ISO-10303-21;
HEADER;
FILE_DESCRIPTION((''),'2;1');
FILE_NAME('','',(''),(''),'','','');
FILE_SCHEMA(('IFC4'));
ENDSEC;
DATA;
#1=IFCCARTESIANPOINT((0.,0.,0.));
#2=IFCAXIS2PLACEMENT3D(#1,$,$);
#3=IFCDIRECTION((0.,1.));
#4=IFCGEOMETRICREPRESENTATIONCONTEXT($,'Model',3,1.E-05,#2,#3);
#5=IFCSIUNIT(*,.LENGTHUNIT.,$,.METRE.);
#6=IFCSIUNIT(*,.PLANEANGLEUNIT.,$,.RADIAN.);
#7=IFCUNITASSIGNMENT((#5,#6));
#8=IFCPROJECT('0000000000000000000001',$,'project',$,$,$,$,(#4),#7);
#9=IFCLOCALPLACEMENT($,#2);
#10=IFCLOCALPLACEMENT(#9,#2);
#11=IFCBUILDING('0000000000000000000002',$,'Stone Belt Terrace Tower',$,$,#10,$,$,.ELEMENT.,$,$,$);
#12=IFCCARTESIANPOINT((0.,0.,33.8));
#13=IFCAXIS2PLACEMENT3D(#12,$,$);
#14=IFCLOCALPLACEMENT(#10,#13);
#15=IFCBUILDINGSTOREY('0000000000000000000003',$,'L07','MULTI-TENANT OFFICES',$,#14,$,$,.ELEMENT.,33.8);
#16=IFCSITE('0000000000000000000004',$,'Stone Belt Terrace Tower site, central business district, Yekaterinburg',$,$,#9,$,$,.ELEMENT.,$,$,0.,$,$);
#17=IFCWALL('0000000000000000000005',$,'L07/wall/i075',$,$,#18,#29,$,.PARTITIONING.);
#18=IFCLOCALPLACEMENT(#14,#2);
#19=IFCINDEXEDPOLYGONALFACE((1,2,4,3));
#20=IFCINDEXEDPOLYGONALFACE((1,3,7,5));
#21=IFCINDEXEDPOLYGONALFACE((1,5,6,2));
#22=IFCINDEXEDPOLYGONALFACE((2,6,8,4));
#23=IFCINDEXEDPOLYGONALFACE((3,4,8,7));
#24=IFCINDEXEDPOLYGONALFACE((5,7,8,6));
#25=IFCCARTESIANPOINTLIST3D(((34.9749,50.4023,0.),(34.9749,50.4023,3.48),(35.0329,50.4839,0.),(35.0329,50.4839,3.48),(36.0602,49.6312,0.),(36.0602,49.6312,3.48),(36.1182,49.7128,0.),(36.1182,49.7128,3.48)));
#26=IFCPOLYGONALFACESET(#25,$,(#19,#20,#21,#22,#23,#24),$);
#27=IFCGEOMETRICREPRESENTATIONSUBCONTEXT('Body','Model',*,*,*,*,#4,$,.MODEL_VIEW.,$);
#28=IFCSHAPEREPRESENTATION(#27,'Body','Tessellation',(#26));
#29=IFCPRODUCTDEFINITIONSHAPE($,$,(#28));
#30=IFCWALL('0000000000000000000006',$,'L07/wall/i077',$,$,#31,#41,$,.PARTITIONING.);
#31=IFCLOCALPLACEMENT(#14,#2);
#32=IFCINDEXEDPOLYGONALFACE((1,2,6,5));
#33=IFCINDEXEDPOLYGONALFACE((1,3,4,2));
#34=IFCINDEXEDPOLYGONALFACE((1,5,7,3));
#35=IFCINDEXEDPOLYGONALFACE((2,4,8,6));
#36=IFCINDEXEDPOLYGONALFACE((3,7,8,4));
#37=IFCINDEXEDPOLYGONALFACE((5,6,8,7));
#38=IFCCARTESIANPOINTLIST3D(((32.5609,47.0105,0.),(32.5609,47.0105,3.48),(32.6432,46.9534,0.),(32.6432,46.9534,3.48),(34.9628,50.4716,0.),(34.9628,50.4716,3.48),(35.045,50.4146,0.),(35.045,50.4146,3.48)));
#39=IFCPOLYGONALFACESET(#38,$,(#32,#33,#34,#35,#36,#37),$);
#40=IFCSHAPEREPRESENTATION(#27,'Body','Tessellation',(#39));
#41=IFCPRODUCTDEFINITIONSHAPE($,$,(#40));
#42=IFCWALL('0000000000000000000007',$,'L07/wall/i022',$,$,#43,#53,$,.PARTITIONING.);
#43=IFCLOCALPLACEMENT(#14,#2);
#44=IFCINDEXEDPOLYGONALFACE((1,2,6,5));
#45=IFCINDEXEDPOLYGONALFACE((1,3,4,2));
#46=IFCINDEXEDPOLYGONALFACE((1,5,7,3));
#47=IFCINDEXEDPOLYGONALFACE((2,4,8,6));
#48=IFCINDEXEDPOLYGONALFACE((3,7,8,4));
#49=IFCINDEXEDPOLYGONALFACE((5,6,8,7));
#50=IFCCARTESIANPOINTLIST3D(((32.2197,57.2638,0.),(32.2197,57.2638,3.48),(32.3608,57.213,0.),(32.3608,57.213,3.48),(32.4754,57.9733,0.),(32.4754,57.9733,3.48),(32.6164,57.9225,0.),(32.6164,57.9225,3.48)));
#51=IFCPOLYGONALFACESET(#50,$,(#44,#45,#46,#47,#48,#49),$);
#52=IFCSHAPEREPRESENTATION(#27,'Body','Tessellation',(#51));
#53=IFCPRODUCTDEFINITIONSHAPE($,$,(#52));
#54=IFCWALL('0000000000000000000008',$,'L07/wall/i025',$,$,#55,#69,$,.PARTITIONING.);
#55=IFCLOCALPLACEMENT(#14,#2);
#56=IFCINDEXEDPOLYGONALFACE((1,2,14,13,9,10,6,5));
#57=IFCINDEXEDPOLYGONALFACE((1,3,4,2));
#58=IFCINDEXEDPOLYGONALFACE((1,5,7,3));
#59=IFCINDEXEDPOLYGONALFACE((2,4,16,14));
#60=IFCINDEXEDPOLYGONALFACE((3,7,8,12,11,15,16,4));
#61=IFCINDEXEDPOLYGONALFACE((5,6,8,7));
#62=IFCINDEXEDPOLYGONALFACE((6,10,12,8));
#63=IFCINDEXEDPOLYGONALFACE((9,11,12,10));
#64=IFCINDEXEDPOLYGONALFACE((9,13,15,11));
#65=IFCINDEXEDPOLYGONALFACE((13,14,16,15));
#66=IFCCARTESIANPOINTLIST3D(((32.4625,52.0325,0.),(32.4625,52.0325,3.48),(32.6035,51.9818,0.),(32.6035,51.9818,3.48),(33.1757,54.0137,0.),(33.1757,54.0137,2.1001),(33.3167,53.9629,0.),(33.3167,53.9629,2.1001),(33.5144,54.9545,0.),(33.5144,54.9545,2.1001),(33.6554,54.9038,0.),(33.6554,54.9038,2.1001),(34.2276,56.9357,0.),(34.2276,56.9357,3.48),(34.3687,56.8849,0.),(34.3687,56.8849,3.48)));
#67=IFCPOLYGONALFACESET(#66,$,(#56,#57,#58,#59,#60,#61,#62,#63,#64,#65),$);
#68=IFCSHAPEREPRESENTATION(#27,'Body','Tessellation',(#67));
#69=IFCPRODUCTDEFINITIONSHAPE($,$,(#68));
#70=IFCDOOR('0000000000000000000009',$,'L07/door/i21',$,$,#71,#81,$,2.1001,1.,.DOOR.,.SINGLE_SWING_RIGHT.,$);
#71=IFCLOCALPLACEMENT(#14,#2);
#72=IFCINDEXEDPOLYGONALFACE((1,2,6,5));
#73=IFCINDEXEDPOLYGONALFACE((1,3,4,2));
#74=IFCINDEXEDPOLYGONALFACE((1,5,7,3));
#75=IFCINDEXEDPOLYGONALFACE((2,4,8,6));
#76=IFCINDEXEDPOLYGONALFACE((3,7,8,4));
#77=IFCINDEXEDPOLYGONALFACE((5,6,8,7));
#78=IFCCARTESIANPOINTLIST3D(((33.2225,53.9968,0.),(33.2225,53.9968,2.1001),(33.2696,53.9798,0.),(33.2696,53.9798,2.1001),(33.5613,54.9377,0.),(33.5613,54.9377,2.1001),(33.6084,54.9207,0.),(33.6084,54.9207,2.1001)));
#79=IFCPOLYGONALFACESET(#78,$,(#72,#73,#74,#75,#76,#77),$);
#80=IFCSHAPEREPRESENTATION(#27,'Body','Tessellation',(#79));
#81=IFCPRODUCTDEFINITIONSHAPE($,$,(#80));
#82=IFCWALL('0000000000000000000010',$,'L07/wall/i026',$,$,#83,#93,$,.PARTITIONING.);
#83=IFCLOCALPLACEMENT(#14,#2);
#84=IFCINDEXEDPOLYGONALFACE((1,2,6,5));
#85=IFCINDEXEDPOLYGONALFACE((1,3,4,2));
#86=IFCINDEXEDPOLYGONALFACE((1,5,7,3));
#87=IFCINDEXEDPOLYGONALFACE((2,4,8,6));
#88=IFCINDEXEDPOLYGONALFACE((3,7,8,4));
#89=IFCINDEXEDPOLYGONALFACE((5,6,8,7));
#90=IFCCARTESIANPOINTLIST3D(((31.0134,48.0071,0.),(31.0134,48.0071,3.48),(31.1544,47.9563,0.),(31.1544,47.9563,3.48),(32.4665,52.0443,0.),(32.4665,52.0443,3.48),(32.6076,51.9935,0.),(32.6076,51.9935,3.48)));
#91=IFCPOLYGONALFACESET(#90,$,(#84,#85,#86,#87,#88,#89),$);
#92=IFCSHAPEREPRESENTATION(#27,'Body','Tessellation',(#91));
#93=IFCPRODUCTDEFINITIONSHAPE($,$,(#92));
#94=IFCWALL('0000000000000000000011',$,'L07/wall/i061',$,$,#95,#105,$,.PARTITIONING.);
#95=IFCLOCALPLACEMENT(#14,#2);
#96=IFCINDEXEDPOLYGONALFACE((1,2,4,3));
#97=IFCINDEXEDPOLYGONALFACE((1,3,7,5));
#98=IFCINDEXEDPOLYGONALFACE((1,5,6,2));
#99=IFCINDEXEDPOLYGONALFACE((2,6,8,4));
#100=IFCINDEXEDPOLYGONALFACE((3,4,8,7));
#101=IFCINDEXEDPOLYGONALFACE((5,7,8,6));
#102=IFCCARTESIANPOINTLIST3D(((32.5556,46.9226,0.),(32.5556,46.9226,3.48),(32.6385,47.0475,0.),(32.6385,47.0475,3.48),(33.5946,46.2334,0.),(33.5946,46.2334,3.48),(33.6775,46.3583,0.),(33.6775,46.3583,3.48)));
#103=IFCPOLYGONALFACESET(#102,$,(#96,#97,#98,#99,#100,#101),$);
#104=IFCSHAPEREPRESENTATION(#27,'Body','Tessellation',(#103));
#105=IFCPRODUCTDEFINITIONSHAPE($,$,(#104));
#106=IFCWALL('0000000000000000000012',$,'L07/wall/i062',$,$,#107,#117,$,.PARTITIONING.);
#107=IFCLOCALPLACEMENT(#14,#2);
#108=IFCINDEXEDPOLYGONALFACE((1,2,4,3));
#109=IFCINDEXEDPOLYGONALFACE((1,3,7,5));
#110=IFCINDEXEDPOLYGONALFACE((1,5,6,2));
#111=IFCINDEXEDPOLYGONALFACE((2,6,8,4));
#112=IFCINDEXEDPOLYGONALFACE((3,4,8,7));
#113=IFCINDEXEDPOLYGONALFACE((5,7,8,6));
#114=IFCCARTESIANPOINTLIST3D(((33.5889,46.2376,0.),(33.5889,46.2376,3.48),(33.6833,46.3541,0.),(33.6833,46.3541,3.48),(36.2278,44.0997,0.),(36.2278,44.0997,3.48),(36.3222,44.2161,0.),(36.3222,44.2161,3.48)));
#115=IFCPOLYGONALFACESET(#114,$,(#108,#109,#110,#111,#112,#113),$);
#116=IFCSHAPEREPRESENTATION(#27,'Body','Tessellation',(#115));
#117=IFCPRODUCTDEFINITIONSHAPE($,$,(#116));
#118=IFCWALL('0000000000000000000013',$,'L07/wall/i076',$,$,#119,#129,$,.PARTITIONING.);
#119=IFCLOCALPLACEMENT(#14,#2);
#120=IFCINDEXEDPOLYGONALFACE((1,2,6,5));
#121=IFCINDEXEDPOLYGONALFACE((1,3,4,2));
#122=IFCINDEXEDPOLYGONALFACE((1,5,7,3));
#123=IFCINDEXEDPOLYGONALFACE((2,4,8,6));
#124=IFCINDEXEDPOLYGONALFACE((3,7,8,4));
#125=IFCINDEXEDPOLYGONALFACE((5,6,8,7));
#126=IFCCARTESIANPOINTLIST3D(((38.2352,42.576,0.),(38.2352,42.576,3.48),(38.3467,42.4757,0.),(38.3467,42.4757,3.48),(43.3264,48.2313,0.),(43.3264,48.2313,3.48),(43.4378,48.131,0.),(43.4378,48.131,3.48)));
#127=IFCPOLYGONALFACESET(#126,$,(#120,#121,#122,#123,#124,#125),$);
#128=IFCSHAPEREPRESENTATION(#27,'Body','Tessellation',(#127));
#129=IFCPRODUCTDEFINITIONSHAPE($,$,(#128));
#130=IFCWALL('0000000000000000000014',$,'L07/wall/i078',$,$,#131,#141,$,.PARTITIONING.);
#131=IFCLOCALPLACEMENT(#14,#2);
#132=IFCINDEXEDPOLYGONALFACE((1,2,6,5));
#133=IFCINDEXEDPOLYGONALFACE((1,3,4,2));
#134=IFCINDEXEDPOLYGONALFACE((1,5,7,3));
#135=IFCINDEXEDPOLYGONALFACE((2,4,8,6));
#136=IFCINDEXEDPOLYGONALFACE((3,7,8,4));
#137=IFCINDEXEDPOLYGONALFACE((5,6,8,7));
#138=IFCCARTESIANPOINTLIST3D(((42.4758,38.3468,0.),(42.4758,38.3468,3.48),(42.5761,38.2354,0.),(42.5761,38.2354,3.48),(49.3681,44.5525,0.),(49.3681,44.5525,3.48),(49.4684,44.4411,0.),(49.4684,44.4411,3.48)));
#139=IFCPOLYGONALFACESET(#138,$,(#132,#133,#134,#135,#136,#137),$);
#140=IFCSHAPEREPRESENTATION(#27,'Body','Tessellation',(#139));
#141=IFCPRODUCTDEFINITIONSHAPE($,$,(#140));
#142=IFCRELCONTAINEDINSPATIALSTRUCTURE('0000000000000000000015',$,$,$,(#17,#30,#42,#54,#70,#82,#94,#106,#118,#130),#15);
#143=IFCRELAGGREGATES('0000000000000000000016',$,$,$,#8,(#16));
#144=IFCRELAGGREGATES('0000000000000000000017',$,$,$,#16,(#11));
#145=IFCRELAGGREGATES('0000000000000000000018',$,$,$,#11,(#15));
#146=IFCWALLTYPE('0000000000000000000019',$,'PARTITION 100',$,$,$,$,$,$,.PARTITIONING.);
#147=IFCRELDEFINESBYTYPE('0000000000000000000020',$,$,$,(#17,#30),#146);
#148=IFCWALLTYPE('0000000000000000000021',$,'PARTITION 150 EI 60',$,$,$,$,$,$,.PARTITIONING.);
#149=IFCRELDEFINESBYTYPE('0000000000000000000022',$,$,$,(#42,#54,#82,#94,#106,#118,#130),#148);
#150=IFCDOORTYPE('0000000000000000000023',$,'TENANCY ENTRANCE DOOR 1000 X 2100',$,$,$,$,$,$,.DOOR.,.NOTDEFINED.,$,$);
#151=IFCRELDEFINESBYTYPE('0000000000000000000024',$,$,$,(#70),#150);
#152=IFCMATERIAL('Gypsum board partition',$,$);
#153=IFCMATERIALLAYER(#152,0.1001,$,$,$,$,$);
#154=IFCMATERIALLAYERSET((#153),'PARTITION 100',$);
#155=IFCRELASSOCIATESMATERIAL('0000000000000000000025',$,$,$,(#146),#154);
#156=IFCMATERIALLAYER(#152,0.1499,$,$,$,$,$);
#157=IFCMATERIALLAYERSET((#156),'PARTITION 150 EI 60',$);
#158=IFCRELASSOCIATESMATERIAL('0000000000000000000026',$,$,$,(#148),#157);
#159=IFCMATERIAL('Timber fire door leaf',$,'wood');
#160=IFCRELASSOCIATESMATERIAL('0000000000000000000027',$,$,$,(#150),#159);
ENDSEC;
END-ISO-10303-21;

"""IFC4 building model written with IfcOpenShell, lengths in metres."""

from ifc_helpers import new_model, si_unit, direction, frame, frame_2d, origin, place, context, subcontext, project, spatial, rectangle, extrude, material, layer, layer_set, type_object, element, fill, save


model = new_model("IFC4")

# Units and contexts
model_context = context("Model", 3, precision=1e-05, world=origin(), true_north=direction((0.0, 1.0)))
body_context = subcontext(model_context, "Body", "Model", "MODEL_VIEW")
ifc_project = project(units=[si_unit("LENGTHUNIT", "METRE"), si_unit("PLANEANGLEUNIT", "RADIAN")], contexts=[model_context])

# Site, building, storey
site_placement = place(None, origin())
site = spatial("IfcSite", under=ifc_project, at=site_placement, Name="Stone Belt Terrace Tower site, central business district, Yekaterinburg", CompositionType="ELEMENT", RefElevation=0.0)
building_placement = place(site_placement, origin())
building = spatial("IfcBuilding", under=site, at=building_placement, Name="Stone Belt Terrace Tower", CompositionType="ELEMENT")
storey_placement = place(building_placement, frame((0.0, 0.0, 33.8)))
storey = spatial("IfcBuildingStorey", under=building, at=storey_placement, Name="L07", Description="MULTI-TENANT OFFICES", CompositionType="ELEMENT", Elevation=33.8)

# Shared definitions
ifc_material_1 = material(Name="Gypsum board partition")
ifc_layer_1 = layer(ifc_material_1, 0.1001)
ifc_layer_set_1 = layer_set([ifc_layer_1], Name="PARTITION 100")
wall_type_1 = type_object("IfcWallType", Name="PARTITION 100", PredefinedType="PARTITIONING", material=ifc_layer_set_1)

# Walls
wall_1_placement = place(storey_placement, frame((36.0891, 49.6721, 0.0), z_axis=(0.0, 0.0, 1.0), x_axis=(-0.815205, 0.579172, 0.0)))
element("IfcWall", 1, at=wall_1_placement, inside=storey, type_object=wall_type_1, Name="L07/wall/i075", PredefinedType="PARTITIONING", context=body_context, shape_type="SweptSolid", body=[
    extrude(rectangle(XDim=1.3313, YDim=0.1001, at=frame_2d((0.6655, 0.0))), origin(), (0.0, 0.0, 1.0), 3.48),
])
wall_2_placement = place(storey_placement, frame((35.0039, 50.4431, 0.0), z_axis=(0.0, 0.0, 1.0), x_axis=(-0.570117, -0.821564, 0.0)))
element("IfcWall", 2, at=wall_2_placement, inside=storey, type_object=wall_type_1, Name="L07/wall/i077", PredefinedType="PARTITIONING", context=body_context, shape_type="SweptSolid", body=[
    extrude(rectangle(XDim=4.2129, YDim=0.1001, at=frame_2d((2.1064, 0.0))), origin(), (0.0, 0.0, 1.0), 3.48),
])
ifc_layer_2 = layer(ifc_material_1, 0.1499)
ifc_layer_set_2 = layer_set([ifc_layer_2], Name="PARTITION 150 EI 60")
wall_type_2 = type_object("IfcWallType", Name="PARTITION 150 EI 60", PredefinedType="PARTITIONING", material=ifc_layer_set_2)
wall_3_placement = place(storey_placement, frame((32.2903, 57.2385, 0.0), z_axis=(0.0, 0.0, 1.0), x_axis=(0.33896, 0.940801, 0.0)))
element("IfcWall", 3, at=wall_3_placement, inside=storey, type_object=wall_type_2, Name="L07/wall/i022", PredefinedType="PARTITIONING", context=body_context, shape_type="SweptSolid", body=[
    extrude(rectangle(XDim=0.7542, YDim=0.1499, at=frame_2d((0.377, 0.0))), origin(), (0.0, 0.0, 1.0), 3.48),
])

# Wall, opening, door
wall_4_placement = place(storey_placement, frame((34.2981, 56.9102, 0.0), z_axis=(0.0, 0.0, 1.0), x_axis=(-0.338724, -0.940886, 0.0)))
wall_4 = element("IfcWall", 4, at=wall_4_placement, inside=storey, type_object=wall_type_2, Name="L07/wall/i025", PredefinedType="PARTITIONING", context=body_context, shape_type="SweptSolid", body=[
    extrude(rectangle(XDim=5.2112, YDim=0.1499, at=frame_2d((2.6055, 0.0))), origin(), (0.0, 0.0, 1.0), 3.48),
])
opening_1_placement = place(wall_4_placement, frame((2.1055, 0.0, 0.0)))
opening_1 = element("IfcOpeningElement", 5, at=opening_1_placement, cuts=wall_4, PredefinedType="OPENING", context=body_context, shape_type="SweptSolid", body=[
    extrude(rectangle(XDim=1.0, YDim=2.1001, at=frame_2d((0.5, 1.05))), frame((0.0, 0.085, 0.0), z_axis=(0.0, -1.0, 0.0), x_axis=(1.0, 0.0, 0.0)), (0.0, 0.0, 1.0), 0.1699),
])
ifc_material_2 = material(Name="Timber fire door leaf", Category="wood")
door_type_1 = type_object("IfcDoorType", Name="TENANCY ENTRANCE DOOR 1000 X 2100", OperationType="NOTDEFINED", PredefinedType="DOOR", material=ifc_material_2)
door_1_placement = place(opening_1_placement, origin())
door_1 = element("IfcDoor", 6, at=door_1_placement, inside=storey, type_object=door_type_1, Name="L07/door/i21", OperationType="SINGLE_SWING_RIGHT", OverallHeight=2.1001, OverallWidth=1.0, PredefinedType="DOOR", context=body_context, shape_type="SweptSolid", body=[
    extrude(rectangle(XDim=1.0, YDim=2.1001, at=frame_2d((0.5, 1.05))), frame((0.0, 0.0249, 0.0), z_axis=(0.0, -1.0, 0.0), x_axis=(1.0, 0.0, 0.0)), (0.0, 0.0, 1.0), 0.05),
])
fill(opening_1, door_1)

# Walls
wall_5_placement = place(storey_placement, frame((32.5371, 52.019, 0.0), z_axis=(0.0, 0.0, 1.0), x_axis=(-0.338671, -0.940905, 0.0)))
element("IfcWall", 7, at=wall_5_placement, inside=storey, type_object=wall_type_2, Name="L07/wall/i026", PredefinedType="PARTITIONING", context=body_context, shape_type="SweptSolid", body=[
    extrude(rectangle(XDim=4.2908, YDim=0.1499, at=frame_2d((2.1455, 0.0))), origin(), (0.0, 0.0, 1.0), 3.48),
])
wall_6_placement = place(storey_placement, frame((32.5969, 46.9851, 0.0), z_axis=(0.0, 0.0, 1.0), x_axis=(0.833343, -0.552756, 0.0)))
element("IfcWall", 8, at=wall_6_placement, inside=storey, type_object=wall_type_2, Name="L07/wall/i061", PredefinedType="PARTITIONING", context=body_context, shape_type="SweptSolid", body=[
    extrude(rectangle(XDim=1.2468, YDim=0.1499, at=frame_2d((0.6235, 0.0))), origin(), (0.0, 0.0, 1.0), 3.48),
])
wall_7_placement = place(storey_placement, frame((33.636, 46.2959, 0.0), z_axis=(0.0, 0.0, 1.0), x_axis=(0.777004, -0.629496, 0.0)))
element("IfcWall", 9, at=wall_7_placement, inside=storey, type_object=wall_type_2, Name="L07/wall/i062", PredefinedType="PARTITIONING", context=body_context, shape_type="SweptSolid", body=[
    extrude(rectangle(XDim=3.3962, YDim=0.1499, at=frame_2d((1.6982, 0.0))), origin(), (0.0, 0.0, 1.0), 3.48),
])
wall_8_placement = place(storey_placement, frame((43.3821, 48.1812, 0.0), z_axis=(0.0, 0.0, 1.0), x_axis=(-0.66906, -0.743208, 0.0)))
element("IfcWall", 10, at=wall_8_placement, inside=storey, type_object=wall_type_2, Name="L07/wall/i076", PredefinedType="PARTITIONING", context=body_context, shape_type="SweptSolid", body=[
    extrude(rectangle(XDim=7.6094, YDim=0.1499, at=frame_2d((3.8047, 0.0))), origin(), (0.0, 0.0, 1.0), 3.48),
])
wall_9_placement = place(storey_placement, frame((49.4182, 44.4968, 0.0), z_axis=(0.0, 0.0, 1.0), x_axis=(-0.743149, -0.669126, 0.0)))
element("IfcWall", 11, at=wall_9_placement, inside=storey, type_object=wall_type_2, Name="L07/wall/i078", PredefinedType="PARTITIONING", context=body_context, shape_type="SweptSolid", body=[
    extrude(rectangle(XDim=9.2744, YDim=0.1499, at=frame_2d((4.6372, 0.0))), origin(), (0.0, 0.0, 1.0), 3.48),
])

save(model, "model.ifc")
